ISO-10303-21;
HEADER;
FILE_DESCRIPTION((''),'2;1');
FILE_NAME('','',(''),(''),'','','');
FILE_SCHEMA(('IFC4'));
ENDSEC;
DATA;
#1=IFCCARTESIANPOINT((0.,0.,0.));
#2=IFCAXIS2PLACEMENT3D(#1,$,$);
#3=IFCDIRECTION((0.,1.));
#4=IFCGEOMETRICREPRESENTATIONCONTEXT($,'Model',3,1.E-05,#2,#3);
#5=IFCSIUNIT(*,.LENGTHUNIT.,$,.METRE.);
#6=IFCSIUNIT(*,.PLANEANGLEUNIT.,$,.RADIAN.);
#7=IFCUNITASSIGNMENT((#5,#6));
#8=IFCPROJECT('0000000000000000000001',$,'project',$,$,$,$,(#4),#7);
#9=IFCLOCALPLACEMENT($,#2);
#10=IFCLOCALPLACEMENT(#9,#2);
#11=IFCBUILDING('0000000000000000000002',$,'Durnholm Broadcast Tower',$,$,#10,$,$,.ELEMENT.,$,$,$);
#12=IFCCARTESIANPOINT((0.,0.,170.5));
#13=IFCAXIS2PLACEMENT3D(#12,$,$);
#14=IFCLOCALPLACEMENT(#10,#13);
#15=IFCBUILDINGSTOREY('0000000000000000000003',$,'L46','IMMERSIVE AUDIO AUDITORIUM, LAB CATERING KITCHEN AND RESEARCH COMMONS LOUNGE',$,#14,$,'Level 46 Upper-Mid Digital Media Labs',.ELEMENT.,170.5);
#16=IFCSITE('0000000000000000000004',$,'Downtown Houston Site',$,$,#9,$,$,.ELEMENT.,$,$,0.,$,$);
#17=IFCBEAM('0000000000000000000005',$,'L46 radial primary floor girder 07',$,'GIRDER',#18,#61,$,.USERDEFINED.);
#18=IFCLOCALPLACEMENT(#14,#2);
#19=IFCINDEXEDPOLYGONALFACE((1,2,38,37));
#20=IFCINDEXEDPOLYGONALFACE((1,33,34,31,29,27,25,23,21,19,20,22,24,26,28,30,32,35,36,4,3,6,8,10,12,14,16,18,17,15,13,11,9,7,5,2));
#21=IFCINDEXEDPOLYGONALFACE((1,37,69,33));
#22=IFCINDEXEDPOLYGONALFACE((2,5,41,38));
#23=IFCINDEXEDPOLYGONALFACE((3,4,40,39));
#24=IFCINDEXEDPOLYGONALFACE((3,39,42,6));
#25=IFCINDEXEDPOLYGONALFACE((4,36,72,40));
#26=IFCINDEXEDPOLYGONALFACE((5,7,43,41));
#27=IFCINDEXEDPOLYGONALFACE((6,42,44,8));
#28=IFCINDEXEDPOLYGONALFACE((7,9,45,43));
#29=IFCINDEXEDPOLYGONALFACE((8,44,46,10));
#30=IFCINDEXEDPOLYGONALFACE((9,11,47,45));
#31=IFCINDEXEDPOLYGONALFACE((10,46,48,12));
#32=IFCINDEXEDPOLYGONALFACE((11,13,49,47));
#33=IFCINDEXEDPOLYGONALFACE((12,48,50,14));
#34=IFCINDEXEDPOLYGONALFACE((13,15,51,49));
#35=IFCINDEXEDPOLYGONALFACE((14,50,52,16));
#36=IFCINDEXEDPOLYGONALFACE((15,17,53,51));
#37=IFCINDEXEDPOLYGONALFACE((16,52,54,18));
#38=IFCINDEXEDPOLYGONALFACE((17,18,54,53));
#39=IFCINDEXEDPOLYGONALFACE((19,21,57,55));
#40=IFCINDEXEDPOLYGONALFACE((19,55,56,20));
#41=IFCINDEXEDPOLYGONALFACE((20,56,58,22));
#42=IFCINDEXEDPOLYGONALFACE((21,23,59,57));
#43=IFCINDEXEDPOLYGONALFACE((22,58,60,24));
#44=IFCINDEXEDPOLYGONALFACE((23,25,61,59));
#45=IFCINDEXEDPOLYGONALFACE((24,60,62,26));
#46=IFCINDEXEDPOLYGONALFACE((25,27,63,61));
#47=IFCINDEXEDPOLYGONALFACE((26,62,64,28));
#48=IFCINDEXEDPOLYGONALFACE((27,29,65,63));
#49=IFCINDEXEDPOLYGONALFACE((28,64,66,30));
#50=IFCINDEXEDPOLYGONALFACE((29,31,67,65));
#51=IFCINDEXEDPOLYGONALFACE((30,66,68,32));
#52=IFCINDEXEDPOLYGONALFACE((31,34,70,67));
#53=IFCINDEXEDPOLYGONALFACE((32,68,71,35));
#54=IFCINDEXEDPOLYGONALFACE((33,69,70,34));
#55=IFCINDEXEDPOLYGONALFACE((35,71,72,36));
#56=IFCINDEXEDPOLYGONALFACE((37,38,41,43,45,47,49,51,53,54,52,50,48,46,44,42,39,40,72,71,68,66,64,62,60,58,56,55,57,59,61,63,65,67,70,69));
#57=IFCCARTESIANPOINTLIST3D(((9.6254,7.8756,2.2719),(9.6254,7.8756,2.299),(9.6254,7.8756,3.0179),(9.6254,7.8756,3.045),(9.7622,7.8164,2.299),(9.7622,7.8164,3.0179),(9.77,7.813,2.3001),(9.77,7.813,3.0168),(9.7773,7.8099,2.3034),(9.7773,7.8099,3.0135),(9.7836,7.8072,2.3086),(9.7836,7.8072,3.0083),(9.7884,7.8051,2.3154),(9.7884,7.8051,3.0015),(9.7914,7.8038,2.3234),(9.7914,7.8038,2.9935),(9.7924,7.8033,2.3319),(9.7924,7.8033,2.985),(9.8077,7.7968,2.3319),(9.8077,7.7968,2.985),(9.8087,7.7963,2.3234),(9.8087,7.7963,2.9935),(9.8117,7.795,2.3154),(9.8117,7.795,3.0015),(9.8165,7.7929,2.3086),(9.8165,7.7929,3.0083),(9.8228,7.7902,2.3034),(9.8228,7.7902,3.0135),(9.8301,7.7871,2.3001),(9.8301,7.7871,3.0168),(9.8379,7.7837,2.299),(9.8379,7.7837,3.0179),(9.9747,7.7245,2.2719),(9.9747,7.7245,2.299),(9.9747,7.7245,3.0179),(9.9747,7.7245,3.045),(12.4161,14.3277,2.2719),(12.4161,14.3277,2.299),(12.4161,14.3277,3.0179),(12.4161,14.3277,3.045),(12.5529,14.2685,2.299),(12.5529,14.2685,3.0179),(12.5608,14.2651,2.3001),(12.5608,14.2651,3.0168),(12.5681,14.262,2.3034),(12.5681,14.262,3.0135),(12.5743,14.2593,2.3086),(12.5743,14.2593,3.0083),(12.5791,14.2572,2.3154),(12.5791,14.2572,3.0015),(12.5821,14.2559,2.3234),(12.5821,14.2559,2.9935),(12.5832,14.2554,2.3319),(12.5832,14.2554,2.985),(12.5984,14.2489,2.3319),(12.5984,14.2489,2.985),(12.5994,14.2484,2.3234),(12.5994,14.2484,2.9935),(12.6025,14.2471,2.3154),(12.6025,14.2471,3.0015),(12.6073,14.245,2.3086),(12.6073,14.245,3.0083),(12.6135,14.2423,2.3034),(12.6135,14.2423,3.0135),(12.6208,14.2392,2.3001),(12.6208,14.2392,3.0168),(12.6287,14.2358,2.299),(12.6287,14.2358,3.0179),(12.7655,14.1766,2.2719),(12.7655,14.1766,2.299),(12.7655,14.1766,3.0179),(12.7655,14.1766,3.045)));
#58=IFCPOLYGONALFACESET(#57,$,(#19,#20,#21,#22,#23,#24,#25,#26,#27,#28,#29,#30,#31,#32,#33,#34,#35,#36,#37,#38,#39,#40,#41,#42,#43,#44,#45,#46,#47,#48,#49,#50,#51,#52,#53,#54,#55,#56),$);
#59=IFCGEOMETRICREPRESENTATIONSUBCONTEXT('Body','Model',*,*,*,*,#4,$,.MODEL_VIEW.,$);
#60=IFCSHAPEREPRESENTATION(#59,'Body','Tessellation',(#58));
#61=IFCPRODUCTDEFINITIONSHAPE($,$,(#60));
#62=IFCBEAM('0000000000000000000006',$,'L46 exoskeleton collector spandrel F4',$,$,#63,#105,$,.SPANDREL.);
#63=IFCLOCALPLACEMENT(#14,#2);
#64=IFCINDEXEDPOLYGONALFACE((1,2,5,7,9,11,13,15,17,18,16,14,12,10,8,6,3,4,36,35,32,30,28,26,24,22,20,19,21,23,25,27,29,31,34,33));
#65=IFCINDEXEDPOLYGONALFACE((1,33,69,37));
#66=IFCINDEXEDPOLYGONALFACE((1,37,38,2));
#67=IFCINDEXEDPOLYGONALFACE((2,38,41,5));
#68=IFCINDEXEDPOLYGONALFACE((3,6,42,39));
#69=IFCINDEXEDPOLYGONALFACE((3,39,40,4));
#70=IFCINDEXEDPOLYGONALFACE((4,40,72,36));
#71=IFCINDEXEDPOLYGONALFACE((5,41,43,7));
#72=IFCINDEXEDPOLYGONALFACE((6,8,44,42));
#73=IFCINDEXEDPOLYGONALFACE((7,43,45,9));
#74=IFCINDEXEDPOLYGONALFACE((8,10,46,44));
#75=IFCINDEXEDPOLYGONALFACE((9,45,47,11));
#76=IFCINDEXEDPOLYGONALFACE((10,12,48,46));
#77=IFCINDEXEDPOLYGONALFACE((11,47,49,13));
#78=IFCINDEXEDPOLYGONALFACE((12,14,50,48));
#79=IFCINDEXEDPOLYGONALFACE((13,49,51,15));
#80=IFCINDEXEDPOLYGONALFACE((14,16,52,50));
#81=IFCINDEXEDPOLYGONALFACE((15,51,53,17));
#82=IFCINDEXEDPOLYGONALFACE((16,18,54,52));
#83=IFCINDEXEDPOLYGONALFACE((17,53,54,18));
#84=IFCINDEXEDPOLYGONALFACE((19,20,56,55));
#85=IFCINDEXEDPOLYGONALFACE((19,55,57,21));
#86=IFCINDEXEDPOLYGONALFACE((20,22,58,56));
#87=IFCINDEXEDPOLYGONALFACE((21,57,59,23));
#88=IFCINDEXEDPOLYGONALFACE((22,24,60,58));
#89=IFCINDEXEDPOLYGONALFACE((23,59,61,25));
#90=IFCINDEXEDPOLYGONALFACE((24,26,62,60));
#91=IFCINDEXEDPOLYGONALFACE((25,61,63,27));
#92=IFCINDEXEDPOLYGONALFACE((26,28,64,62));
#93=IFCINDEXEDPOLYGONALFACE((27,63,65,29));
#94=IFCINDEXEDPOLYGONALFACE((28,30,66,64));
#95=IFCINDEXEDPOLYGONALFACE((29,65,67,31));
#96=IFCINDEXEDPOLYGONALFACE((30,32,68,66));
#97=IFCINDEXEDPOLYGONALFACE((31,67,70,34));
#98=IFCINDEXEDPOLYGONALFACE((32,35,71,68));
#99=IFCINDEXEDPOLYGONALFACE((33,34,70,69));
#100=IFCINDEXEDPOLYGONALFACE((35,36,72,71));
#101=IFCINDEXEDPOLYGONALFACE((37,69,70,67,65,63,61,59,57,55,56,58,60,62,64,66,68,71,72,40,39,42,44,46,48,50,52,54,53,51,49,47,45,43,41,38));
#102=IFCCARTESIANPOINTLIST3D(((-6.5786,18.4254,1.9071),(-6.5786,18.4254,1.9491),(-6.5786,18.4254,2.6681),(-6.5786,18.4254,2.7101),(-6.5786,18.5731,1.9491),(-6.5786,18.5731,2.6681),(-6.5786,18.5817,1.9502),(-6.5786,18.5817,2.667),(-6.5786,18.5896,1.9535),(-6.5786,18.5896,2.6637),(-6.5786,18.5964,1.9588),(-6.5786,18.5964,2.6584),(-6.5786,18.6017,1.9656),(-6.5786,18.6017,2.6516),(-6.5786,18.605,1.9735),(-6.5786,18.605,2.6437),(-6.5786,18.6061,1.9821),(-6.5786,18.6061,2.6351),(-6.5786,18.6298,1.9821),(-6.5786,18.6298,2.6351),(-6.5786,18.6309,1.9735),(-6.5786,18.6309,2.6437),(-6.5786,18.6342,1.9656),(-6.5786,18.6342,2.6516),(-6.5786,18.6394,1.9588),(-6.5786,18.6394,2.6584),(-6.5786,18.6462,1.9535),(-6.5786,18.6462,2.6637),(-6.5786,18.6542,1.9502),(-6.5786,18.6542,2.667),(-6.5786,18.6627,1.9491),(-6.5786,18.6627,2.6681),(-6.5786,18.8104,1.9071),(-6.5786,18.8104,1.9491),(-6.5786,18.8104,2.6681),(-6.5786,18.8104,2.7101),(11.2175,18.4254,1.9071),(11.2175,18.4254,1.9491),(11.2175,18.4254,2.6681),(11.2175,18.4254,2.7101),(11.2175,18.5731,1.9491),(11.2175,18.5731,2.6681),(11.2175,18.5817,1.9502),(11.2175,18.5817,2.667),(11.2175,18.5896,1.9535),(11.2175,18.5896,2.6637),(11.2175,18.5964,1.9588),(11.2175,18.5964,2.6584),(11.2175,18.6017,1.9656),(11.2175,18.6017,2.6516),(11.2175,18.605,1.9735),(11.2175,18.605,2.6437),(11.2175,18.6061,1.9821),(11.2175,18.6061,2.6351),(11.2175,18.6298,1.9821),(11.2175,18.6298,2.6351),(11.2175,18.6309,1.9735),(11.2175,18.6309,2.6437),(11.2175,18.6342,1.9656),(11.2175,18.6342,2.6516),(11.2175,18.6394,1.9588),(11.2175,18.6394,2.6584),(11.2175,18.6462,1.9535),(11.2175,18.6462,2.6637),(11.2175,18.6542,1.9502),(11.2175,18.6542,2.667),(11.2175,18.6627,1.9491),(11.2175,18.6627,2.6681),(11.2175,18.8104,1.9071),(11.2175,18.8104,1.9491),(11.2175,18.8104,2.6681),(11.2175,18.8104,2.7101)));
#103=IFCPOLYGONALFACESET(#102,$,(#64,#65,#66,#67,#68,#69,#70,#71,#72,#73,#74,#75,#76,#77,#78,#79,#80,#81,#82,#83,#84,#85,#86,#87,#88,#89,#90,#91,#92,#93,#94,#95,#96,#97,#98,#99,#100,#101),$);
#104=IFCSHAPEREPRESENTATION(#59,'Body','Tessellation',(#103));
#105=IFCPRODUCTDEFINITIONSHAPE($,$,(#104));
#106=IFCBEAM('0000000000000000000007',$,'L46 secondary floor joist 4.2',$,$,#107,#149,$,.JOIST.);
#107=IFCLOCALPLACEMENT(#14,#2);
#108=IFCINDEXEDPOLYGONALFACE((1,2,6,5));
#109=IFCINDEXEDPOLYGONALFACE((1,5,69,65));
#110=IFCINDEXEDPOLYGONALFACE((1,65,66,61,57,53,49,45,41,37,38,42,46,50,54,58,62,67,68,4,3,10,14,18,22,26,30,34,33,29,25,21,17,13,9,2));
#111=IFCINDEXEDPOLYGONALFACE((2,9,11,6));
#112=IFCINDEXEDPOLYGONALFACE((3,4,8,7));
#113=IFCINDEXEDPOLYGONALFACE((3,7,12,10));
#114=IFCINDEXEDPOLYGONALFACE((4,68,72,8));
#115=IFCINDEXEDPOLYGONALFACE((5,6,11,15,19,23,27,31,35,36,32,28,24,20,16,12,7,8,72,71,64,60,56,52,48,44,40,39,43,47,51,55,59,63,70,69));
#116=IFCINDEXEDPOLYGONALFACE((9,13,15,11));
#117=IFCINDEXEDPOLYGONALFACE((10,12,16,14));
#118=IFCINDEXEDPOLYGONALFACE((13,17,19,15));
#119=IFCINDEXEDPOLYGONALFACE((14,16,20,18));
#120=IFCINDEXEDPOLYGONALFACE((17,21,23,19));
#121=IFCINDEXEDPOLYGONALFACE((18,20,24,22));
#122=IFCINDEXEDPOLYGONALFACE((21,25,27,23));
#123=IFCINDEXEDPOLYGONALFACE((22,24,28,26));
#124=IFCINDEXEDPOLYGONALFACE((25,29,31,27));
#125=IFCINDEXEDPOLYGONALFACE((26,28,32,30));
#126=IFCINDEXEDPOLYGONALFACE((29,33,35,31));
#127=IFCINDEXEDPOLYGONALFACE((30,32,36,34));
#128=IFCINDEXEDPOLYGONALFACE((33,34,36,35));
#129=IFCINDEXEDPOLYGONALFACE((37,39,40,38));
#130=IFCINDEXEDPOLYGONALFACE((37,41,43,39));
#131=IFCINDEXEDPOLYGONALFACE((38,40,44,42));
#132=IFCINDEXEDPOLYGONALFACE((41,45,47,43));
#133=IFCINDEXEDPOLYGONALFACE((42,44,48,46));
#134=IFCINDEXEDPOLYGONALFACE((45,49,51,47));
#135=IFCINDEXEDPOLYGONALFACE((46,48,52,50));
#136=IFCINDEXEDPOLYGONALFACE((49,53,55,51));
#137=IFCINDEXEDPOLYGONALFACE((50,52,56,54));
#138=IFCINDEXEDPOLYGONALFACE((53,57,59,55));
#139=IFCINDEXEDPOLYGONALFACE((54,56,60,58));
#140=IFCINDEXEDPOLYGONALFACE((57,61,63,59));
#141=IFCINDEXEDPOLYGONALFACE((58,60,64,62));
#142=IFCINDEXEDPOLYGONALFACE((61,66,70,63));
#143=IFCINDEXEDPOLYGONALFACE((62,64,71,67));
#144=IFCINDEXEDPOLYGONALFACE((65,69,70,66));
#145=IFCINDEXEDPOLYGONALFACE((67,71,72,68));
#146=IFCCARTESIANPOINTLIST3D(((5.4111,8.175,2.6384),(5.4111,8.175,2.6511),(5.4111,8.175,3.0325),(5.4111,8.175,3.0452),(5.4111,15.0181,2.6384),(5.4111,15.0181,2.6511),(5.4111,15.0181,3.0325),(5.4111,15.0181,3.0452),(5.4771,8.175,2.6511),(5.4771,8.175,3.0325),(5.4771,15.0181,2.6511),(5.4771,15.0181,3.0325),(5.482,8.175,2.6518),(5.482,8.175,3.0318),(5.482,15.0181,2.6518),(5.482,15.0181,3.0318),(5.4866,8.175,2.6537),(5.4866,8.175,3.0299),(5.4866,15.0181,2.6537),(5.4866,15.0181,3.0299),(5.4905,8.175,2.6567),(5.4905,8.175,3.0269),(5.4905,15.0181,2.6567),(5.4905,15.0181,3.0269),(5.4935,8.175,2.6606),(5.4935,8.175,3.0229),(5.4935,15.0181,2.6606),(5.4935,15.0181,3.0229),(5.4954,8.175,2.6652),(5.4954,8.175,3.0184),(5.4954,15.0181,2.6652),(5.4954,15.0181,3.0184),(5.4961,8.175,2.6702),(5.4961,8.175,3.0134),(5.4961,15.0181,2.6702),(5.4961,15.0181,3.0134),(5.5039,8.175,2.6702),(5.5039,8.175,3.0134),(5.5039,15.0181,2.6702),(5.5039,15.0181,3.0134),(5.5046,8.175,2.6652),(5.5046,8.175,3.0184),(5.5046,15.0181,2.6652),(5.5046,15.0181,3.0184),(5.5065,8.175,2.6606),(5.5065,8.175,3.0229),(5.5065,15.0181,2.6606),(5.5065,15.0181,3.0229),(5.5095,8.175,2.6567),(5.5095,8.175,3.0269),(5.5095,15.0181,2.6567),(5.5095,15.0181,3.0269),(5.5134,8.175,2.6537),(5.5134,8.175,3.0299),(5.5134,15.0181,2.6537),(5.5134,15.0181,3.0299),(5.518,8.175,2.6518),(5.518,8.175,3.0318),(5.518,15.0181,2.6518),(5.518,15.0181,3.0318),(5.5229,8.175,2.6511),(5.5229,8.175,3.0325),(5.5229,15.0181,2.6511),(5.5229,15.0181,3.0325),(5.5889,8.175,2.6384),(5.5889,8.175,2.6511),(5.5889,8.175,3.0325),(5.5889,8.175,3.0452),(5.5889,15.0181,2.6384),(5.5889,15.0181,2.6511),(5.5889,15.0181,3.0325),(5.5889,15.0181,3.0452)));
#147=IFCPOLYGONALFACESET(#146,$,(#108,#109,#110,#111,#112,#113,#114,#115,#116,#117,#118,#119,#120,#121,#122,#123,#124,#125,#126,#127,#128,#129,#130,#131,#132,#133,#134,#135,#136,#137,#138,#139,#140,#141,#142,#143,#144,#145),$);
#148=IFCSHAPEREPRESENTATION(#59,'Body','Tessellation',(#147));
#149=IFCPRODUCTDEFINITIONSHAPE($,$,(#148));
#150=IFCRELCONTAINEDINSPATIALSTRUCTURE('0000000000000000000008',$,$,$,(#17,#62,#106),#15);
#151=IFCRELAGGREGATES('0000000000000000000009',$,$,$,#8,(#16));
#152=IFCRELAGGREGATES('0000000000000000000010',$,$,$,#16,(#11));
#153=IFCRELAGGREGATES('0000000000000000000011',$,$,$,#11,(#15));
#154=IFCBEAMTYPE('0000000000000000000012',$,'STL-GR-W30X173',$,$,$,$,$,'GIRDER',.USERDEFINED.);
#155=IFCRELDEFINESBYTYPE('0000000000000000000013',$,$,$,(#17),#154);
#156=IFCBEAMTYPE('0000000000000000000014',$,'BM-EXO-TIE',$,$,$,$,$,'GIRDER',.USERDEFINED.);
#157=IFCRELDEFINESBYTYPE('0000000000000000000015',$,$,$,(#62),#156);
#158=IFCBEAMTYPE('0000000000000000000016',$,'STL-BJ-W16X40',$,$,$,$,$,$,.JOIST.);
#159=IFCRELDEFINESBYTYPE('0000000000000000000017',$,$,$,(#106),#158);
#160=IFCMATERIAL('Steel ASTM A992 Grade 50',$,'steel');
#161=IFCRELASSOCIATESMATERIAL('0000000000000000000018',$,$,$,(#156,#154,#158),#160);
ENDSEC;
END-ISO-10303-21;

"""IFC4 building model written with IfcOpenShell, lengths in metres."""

from ifc_helpers import new_model, si_unit, direction, frame, origin, origin_2d, place, context, subcontext, project, spatial, i_section, extrude, source, transform, mapped, material, material_profile, profile_set, type_object, type_shapes, element, save


model = new_model("IFC4")

# Units and contexts
model_context = context("Model", 3, precision=1e-05, world=origin(), true_north=direction((0.0, 1.0)))
body_context = subcontext(model_context, "Body", "Model", "MODEL_VIEW")
ifc_project = project(units=[si_unit("LENGTHUNIT", "METRE"), si_unit("PLANEANGLEUNIT", "RADIAN")], contexts=[model_context])

# Site, building, storey
site_placement = place(None, origin())
site = spatial("IfcSite", under=ifc_project, at=site_placement, Name="Downtown Houston Site", CompositionType="ELEMENT", RefElevation=0.0)
building_placement = place(site_placement, origin())
building = spatial("IfcBuilding", under=site, at=building_placement, Name="Durnholm Broadcast Tower", CompositionType="ELEMENT")
storey_placement = place(building_placement, frame((0.0, 0.0, 170.5)))
storey = spatial("IfcBuildingStorey", under=building, at=storey_placement, Name="L46", Description="IMMERSIVE AUDIO AUDITORIUM, LAB CATERING KITCHEN AND RESEARCH COMMONS LOUNGE", LongName="Level 46 Upper-Mid Digital Media Labs", CompositionType="ELEMENT", Elevation=170.5)

# Beams
ifc_material_1 = material(Name="Steel ASTM A992 Grade 50", Category="steel")
ifc_material_profile_1 = material_profile(ifc_material_1, i_section(OverallWidth=0.385, OverallDepth=0.803, WebThickness=0.0237, FlangeThickness=0.042, FilletRadius=0.033, at=origin_2d()), Name="W30X261")
ifc_profile_set_1 = profile_set([ifc_material_profile_1], Name="Steel ASTM A992 Grade 50")
beam_type_1 = type_object("IfcBeamType", Name="BM-EXO-TIE", ElementType="GIRDER", PredefinedType="USERDEFINED", material=ifc_profile_set_1)
ifc_material_profile_2 = material_profile(ifc_material_1, i_section(OverallWidth=0.3806, OverallDepth=0.7732, WebThickness=0.0166, FlangeThickness=0.0271, FilletRadius=0.033, at=origin_2d()), Name="W30X173")
ifc_profile_set_2 = profile_set([ifc_material_profile_2], Name="Steel ASTM A992 Grade 50")
beam_type_2 = type_object("IfcBeamType", Name="STL-GR-W30X173", ElementType="GIRDER", PredefinedType="USERDEFINED", material=ifc_profile_set_2)
shared_shape_1 = source(origin(), body_context, "Body", "SweptSolid", [
    extrude(i_section(OverallWidth=0.3806, OverallDepth=0.7732, WebThickness=0.0166, FlangeThickness=0.0271, FilletRadius=0.033, at=origin_2d()), origin(), (0.0, 0.0, 1.0), 7.0298),
])
beam_1_placement = place(storey_placement, frame((9.8, 7.8, 2.6584), z_axis=(0.396989, 0.917823, 0.0), x_axis=(-0.917823, 0.396989, 0.0)))
element("IfcBeam", 1, at=beam_1_placement, inside=storey, type_object=beam_type_2, Name="L46 radial primary floor girder 07", ObjectType="GIRDER", PredefinedType="USERDEFINED", context=body_context, shape_type="MappedRepresentation", body=[
    mapped(shared_shape_1, transform((0.0, 0.0, 0.0), x_axis=(1.0, 0.0, 0.0), y_axis=(0.0, 1.0, 0.0), z_axis=(0.0, 0.0, 1.0), scale=1.0)),
])
shared_shape_2 = source(origin(), body_context, "Body", "SweptSolid", [
    extrude(i_section(OverallWidth=0.385, OverallDepth=0.803, WebThickness=0.0237, FlangeThickness=0.042, FilletRadius=0.033, at=origin_2d()), origin(), (0.0, 0.0, 1.0), 17.7961),
])
beam_2_placement = place(storey_placement, frame((11.2175, 18.6179, 2.3086), z_axis=(-1.0, 0.0, 0.0), x_axis=(0.0, -1.0, 0.0)))
element("IfcBeam", 2, at=beam_2_placement, inside=storey, type_object=beam_type_1, Name="L46 exoskeleton collector spandrel F4", PredefinedType="SPANDREL", context=body_context, shape_type="MappedRepresentation", body=[
    mapped(shared_shape_2, transform((0.0, 0.0, 0.0), x_axis=(1.0, 0.0, 0.0), y_axis=(0.0, 1.0, 0.0), z_axis=(0.0, 0.0, 1.0), scale=1.0)),
])
ifc_material_profile_3 = material_profile(ifc_material_1, i_section(OverallWidth=0.1777, OverallDepth=0.4067, WebThickness=0.0078, FlangeThickness=0.0127, FilletRadius=0.019, at=origin_2d()), Name="W16X40")
ifc_profile_set_3 = profile_set([ifc_material_profile_3], Name="Steel ASTM A992 Grade 50")
beam_type_3 = type_object("IfcBeamType", Name="STL-BJ-W16X40", PredefinedType="JOIST", material=ifc_profile_set_3)
shared_shape_3 = source(origin(), body_context, "Body", "SweptSolid", [
    extrude(i_section(OverallWidth=0.1777, OverallDepth=0.4067, WebThickness=0.0078, FlangeThickness=0.0127, FilletRadius=0.019, at=origin_2d()), origin(), (0.0, 0.0, 1.0), 6.843),
])
type_shapes(beam_type_3, [shared_shape_3])
beam_3_placement = place(storey_placement, frame((5.5, 8.175, 2.8418), z_axis=(0.0, 1.0, 0.0), x_axis=(-1.0, 0.0, 0.0)))
element("IfcBeam", 3, at=beam_3_placement, inside=storey, type_object=beam_type_3, Name="L46 secondary floor joist 4.2", PredefinedType="JOIST", context=body_context, shape_type="MappedRepresentation", body=[
    mapped(shared_shape_3, transform((0.0, 0.0, 0.0), x_axis=(1.0, 0.0, 0.0), y_axis=(0.0, 1.0, 0.0), z_axis=(0.0, 0.0, 1.0), scale=1.0)),
])

save(model, "model.ifc")
